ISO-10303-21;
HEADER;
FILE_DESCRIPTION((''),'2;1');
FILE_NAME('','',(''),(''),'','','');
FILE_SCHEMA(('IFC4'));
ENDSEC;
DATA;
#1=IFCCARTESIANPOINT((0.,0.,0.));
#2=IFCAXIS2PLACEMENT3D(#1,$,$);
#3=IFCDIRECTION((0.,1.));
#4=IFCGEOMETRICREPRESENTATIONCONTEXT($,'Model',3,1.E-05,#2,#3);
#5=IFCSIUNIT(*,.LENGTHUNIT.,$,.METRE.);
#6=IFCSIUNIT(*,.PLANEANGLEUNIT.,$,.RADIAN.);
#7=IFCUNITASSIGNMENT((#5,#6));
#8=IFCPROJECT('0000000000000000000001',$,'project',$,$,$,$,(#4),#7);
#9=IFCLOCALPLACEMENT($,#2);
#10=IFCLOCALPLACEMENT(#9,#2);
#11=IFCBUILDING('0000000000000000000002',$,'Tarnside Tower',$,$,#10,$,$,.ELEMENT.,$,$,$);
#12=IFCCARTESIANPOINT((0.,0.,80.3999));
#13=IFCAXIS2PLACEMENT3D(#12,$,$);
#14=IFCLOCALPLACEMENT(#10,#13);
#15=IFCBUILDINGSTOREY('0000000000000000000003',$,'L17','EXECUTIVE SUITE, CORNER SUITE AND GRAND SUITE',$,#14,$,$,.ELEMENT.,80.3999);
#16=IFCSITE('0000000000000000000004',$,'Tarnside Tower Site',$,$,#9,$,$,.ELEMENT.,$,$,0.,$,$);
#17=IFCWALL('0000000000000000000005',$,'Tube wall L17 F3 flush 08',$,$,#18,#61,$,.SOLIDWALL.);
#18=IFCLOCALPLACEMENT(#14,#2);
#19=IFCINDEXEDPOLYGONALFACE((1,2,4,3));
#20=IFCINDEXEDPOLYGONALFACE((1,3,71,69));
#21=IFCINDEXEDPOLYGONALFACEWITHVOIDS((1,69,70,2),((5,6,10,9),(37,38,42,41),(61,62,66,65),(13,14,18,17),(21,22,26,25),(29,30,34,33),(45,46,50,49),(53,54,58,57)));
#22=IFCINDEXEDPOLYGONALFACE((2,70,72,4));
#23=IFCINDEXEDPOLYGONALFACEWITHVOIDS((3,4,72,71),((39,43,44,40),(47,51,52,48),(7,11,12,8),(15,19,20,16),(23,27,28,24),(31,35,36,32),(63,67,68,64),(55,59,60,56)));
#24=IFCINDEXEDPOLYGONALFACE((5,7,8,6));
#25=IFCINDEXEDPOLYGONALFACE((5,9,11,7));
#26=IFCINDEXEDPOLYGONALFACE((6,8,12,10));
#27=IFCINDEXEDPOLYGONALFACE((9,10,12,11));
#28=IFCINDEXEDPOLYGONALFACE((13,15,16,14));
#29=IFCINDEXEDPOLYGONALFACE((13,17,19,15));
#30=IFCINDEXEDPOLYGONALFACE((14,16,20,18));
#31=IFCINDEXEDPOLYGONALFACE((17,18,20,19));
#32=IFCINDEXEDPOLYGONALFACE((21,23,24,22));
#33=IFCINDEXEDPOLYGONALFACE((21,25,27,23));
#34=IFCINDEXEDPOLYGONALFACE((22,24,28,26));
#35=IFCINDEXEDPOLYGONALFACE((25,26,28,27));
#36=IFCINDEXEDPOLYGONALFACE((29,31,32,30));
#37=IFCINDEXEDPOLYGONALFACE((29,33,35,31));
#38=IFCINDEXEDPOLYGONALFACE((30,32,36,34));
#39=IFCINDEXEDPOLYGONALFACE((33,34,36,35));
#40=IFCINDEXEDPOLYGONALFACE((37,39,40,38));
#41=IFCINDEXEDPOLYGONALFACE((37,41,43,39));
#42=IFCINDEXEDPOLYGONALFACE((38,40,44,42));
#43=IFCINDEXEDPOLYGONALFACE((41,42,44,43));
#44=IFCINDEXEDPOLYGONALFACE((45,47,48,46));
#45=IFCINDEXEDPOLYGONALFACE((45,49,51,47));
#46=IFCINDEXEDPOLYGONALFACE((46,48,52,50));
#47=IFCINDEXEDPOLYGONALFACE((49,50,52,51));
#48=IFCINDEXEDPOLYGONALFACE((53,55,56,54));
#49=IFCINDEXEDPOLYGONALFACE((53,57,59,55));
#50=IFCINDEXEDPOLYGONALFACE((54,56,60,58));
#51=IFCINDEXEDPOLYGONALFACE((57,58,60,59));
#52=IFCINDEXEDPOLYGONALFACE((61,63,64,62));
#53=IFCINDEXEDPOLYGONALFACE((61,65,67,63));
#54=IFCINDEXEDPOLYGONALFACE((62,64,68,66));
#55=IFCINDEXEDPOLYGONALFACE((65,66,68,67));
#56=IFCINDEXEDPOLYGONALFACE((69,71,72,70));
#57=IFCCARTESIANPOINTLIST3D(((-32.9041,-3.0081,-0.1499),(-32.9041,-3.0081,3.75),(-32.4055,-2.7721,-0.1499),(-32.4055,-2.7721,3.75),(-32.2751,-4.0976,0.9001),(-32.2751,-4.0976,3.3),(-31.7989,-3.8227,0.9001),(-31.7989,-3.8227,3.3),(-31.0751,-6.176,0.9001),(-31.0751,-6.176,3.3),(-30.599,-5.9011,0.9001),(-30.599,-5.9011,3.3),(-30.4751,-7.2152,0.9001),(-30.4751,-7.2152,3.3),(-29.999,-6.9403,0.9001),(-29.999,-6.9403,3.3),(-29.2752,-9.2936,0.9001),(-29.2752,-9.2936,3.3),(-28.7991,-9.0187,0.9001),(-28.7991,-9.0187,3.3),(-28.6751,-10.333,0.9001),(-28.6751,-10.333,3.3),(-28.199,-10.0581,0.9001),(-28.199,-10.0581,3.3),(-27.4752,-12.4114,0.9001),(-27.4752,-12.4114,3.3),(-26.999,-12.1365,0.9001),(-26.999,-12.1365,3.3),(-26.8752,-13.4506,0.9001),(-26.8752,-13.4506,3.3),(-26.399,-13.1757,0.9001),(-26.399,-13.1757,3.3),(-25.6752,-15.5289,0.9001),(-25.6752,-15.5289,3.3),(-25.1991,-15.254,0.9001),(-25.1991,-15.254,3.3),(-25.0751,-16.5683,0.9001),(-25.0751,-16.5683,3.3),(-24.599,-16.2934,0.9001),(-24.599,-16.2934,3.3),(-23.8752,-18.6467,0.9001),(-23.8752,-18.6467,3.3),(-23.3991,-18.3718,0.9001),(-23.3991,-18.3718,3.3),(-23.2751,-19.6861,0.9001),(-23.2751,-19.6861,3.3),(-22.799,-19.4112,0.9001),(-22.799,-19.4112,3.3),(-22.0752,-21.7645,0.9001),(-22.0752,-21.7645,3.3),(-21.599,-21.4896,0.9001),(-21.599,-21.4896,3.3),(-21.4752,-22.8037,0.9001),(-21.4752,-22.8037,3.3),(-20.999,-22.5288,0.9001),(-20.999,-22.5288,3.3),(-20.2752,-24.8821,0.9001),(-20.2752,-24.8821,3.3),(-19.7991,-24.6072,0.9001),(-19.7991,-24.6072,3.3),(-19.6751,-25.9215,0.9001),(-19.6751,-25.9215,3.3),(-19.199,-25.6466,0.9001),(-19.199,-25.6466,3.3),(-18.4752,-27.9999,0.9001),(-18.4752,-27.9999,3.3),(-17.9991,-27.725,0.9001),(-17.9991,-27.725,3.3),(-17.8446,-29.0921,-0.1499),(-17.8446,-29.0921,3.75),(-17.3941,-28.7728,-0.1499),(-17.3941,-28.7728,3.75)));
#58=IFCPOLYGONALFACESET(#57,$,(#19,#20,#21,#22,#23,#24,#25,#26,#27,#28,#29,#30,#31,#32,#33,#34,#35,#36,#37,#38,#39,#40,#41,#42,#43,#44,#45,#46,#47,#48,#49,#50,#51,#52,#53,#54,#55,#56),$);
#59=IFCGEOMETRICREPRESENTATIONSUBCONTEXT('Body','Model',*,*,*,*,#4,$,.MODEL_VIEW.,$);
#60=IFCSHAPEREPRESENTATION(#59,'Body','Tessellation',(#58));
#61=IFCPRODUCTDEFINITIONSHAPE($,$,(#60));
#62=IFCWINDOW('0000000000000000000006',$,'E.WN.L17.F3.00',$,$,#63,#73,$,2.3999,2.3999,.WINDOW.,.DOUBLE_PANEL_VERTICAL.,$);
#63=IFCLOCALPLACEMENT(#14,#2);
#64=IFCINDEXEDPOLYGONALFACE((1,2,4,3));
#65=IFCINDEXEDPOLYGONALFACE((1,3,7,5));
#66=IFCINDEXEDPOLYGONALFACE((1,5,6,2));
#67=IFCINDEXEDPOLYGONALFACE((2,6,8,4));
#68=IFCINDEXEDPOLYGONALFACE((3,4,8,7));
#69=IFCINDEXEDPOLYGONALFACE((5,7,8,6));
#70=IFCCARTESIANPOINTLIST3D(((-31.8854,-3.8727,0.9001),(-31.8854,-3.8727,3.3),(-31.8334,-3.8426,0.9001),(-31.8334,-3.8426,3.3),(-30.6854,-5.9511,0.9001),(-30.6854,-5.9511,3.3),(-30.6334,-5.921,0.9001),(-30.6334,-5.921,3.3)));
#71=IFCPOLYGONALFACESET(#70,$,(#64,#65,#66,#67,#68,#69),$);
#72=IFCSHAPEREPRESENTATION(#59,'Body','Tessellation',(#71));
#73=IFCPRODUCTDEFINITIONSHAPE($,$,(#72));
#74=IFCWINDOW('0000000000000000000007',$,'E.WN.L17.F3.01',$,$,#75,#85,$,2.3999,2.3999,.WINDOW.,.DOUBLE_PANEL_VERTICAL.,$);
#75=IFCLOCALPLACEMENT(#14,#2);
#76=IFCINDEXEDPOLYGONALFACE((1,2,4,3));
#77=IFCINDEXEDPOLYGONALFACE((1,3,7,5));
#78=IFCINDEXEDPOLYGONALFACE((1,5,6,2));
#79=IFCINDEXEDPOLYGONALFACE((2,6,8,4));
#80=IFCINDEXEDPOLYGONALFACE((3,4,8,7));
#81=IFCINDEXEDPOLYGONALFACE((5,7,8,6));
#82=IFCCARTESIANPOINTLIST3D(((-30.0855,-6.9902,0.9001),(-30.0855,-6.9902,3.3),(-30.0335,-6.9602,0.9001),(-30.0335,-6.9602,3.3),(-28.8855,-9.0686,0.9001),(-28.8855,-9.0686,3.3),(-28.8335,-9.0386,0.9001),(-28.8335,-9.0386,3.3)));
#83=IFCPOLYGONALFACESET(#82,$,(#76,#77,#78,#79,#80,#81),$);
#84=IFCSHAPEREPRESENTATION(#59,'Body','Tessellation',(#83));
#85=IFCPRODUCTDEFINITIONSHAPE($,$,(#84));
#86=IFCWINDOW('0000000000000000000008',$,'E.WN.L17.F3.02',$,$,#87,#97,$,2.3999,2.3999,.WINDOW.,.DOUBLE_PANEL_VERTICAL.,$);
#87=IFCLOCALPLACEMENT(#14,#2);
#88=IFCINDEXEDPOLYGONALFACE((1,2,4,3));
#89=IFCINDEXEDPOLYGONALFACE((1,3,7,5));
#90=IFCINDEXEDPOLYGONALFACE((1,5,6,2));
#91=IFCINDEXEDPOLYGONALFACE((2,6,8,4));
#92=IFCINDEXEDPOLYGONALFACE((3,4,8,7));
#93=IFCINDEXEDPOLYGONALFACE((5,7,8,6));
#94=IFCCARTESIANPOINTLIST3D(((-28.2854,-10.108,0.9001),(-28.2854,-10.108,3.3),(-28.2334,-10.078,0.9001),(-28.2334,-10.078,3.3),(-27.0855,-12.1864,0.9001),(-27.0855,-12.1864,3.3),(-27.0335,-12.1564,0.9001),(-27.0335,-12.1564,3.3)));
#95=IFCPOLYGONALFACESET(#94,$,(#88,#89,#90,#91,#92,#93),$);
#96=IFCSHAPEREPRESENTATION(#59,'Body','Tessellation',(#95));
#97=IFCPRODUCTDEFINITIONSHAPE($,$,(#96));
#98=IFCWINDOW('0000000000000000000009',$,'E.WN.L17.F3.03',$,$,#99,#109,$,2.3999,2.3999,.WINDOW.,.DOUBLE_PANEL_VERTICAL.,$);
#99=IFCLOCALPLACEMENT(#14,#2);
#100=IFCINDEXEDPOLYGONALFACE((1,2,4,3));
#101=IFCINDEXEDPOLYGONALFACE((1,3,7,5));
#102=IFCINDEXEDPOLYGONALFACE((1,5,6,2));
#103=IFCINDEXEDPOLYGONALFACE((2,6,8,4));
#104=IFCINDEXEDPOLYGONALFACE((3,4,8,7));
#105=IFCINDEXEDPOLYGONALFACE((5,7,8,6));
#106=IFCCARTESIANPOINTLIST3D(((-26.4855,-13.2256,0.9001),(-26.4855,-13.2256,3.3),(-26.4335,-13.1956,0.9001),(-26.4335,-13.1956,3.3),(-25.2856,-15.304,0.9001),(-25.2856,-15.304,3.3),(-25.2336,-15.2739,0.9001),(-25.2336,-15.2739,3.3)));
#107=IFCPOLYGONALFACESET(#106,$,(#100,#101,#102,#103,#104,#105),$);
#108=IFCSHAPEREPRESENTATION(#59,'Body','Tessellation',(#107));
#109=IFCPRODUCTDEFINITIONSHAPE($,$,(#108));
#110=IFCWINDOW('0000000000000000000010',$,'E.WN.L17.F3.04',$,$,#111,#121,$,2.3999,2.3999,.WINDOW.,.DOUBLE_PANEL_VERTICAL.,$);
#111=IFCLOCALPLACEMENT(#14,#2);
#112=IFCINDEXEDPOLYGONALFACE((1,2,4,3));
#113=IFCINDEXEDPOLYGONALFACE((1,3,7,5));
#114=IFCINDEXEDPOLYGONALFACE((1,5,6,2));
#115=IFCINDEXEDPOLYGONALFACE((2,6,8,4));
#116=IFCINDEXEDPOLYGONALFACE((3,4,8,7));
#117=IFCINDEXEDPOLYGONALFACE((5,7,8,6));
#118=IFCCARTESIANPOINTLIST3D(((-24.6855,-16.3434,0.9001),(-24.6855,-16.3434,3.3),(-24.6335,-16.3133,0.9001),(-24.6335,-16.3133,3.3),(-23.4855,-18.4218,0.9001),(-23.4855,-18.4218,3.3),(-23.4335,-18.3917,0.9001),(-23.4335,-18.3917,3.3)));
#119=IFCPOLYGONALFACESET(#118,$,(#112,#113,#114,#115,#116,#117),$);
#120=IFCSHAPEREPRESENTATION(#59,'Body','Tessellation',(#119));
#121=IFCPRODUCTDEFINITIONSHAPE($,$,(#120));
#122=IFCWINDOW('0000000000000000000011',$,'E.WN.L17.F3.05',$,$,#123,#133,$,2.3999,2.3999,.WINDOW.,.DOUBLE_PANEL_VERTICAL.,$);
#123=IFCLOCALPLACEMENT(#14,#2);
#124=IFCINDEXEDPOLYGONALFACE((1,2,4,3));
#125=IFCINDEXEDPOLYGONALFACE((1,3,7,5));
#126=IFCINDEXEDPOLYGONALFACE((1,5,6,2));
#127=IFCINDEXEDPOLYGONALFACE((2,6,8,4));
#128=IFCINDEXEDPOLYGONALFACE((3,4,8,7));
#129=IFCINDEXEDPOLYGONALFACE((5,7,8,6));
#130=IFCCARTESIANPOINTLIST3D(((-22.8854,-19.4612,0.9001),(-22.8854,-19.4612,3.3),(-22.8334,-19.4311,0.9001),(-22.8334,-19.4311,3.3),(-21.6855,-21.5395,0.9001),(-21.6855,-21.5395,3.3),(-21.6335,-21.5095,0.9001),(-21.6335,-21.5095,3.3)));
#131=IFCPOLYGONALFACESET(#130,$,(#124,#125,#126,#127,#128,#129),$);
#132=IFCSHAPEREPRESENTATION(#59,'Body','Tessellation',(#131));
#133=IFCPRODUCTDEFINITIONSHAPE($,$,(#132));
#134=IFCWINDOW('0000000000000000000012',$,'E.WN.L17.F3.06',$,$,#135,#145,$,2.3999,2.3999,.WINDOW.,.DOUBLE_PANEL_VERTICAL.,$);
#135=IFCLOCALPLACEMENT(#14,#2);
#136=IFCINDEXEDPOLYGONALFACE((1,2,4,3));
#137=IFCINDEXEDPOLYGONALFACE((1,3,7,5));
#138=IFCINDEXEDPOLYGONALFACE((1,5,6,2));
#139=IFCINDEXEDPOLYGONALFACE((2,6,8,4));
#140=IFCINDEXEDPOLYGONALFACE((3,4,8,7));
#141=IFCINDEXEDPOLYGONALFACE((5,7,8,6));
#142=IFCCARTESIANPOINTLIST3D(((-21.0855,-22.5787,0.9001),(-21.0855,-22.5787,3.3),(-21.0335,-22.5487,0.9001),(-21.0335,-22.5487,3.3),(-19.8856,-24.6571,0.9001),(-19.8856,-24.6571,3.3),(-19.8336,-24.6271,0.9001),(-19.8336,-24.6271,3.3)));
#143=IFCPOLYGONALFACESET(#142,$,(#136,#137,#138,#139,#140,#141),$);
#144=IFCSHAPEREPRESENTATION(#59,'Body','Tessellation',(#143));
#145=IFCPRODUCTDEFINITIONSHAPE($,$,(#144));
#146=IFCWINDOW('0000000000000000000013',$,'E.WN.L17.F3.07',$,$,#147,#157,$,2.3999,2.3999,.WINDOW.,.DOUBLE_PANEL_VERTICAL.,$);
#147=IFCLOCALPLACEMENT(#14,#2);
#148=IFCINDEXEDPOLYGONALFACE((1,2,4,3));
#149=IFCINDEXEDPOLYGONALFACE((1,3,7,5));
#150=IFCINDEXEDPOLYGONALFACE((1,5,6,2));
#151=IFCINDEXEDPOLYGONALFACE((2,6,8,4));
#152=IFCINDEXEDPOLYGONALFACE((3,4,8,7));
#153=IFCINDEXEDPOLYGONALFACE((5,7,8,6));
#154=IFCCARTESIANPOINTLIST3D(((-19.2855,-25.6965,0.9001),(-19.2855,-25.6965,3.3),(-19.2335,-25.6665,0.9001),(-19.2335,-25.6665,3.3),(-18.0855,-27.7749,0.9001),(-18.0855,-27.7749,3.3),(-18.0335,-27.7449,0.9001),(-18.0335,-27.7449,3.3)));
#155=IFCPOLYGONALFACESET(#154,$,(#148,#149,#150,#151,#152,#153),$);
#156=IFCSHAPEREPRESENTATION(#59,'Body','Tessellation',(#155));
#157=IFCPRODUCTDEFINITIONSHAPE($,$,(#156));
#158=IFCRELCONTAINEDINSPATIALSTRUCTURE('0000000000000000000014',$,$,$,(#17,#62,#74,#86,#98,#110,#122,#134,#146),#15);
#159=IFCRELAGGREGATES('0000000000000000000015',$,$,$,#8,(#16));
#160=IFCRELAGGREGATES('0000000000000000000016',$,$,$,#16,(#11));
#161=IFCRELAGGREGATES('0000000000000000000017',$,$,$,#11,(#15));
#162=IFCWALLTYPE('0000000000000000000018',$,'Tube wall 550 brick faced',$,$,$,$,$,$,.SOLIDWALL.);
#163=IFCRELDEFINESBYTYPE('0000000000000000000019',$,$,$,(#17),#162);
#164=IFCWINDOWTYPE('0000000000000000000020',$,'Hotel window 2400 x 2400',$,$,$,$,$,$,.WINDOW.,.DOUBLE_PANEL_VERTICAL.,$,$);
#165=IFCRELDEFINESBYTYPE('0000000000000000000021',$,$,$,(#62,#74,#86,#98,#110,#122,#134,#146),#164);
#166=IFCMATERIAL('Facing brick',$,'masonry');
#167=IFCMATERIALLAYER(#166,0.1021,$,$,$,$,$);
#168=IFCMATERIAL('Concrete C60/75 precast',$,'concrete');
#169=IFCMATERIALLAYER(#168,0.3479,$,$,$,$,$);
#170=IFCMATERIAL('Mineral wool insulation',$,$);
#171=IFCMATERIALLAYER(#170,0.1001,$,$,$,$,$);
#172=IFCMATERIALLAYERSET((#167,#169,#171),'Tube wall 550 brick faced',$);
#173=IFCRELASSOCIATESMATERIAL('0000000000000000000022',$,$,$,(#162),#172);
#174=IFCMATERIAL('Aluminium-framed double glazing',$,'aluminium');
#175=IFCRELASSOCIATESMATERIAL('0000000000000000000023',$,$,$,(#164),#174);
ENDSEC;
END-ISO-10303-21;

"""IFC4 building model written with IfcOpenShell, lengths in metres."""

from ifc_helpers import new_model, si_unit, direction, frame, frame_2d, origin, place, context, subcontext, project, spatial, polyline, rectangle, outline, extrude, material, layer, layer_set, type_object, element, fill, save


model = new_model("IFC4")

# Units and contexts
model_context = context("Model", 3, precision=1e-05, world=origin(), true_north=direction((0.0, 1.0)))
body_context = subcontext(model_context, "Body", "Model", "MODEL_VIEW")
ifc_project = project(units=[si_unit("LENGTHUNIT", "METRE"), si_unit("PLANEANGLEUNIT", "RADIAN")], contexts=[model_context])

# Site, building, storey
site_placement = place(None, origin())
site = spatial("IfcSite", under=ifc_project, at=site_placement, Name="Tarnside Tower Site", CompositionType="ELEMENT", RefElevation=0.0)
building_placement = place(site_placement, origin())
building = spatial("IfcBuilding", under=site, at=building_placement, Name="Tarnside Tower", CompositionType="ELEMENT")
storey_placement = place(building_placement, frame((0.0, 0.0, 80.3999)))
storey = spatial("IfcBuildingStorey", under=building, at=storey_placement, Name="L17", Description="EXECUTIVE SUITE, CORNER SUITE AND GRAND SUITE", CompositionType="ELEMENT", Elevation=80.3999)

# Shared definitions
ifc_material_1 = material(Name="Facing brick", Category="masonry")
ifc_layer_1 = layer(ifc_material_1, 0.1021)
ifc_material_2 = material(Name="Concrete C60/75 precast", Category="concrete")
ifc_layer_2 = layer(ifc_material_2, 0.3479)
ifc_material_3 = material(Name="Mineral wool insulation")
ifc_layer_3 = layer(ifc_material_3, 0.1001)
ifc_layer_set_1 = layer_set([ifc_layer_1, ifc_layer_2, ifc_layer_3], Name="Tube wall 550 brick faced")
wall_type = type_object("IfcWallType", Name="Tube wall 550 brick faced", PredefinedType="SOLIDWALL", material=ifc_layer_set_1)

# Wall, openings, windows
wall_1_placement = place(storey_placement, frame((-32.6548, -2.8901, -0.1499), z_axis=(0.0, 0.0, 1.0), x_axis=(0.499998, -0.866027, 0.0)))
wall_1 = element("IfcWall", 1, at=wall_1_placement, inside=storey, type_object=wall_type, Name="Tube wall L17 F3 flush 08", PredefinedType="SOLIDWALL", context=body_context, shape_type="SweptSolid", body=[
    extrude(outline(polyline([(-0.0225, -0.2749), (30.0967, -0.2749), (30.0454, 0.2749), (0.0225, 0.2749), (-0.0225, -0.2749)])), origin(), (0.0, 0.0, 1.0), 3.8999),
])
opening_1_placement = place(wall_1_placement, frame((1.2356, 0.0, 1.05)))
opening_1 = element("IfcOpeningElement", 2, at=opening_1_placement, cuts=wall_1, PredefinedType="OPENING", context=body_context, shape_type="SweptSolid", body=[
    extrude(rectangle(XDim=2.3999, YDim=2.3999, at=frame_2d((1.2, 1.2))), frame((0.0, 0.2852, 0.0), z_axis=(0.0, -1.0, 0.0), x_axis=(1.0, 0.0, 0.0)), (0.0, 0.0, 1.0), 0.5701),
])
opening_2_placement = place(wall_1_placement, frame((4.8354, 0.0, 1.05)))
opening_2 = element("IfcOpeningElement", 3, at=opening_2_placement, cuts=wall_1, PredefinedType="OPENING", context=body_context, shape_type="SweptSolid", body=[
    extrude(rectangle(XDim=2.3999, YDim=2.3999, at=frame_2d((1.2, 1.2))), frame((0.0, 0.2852, 0.0), z_axis=(0.0, -1.0, 0.0), x_axis=(1.0, 0.0, 0.0)), (0.0, 0.0, 1.0), 0.5701),
])
opening_3_placement = place(wall_1_placement, frame((8.4355, 0.0, 1.05)))
opening_3 = element("IfcOpeningElement", 4, at=opening_3_placement, cuts=wall_1, PredefinedType="OPENING", context=body_context, shape_type="SweptSolid", body=[
    extrude(rectangle(XDim=2.3999, YDim=2.3999, at=frame_2d((1.2, 1.2))), frame((0.0, 0.2852, 0.0), z_axis=(0.0, -1.0, 0.0), x_axis=(1.0, 0.0, 0.0)), (0.0, 0.0, 1.0), 0.5701),
])
opening_4_placement = place(wall_1_placement, frame((12.0354, 0.0, 1.05)))
opening_4 = element("IfcOpeningElement", 5, at=opening_4_placement, cuts=wall_1, PredefinedType="OPENING", context=body_context, shape_type="SweptSolid", body=[
    extrude(rectangle(XDim=2.3999, YDim=2.3999, at=frame_2d((1.2, 1.2))), frame((0.0, 0.2852, 0.0), z_axis=(0.0, -1.0, 0.0), x_axis=(1.0, 0.0, 0.0)), (0.0, 0.0, 1.0), 0.5701),
])
opening_5_placement = place(wall_1_placement, frame((15.6355, 0.0, 1.05)))
opening_5 = element("IfcOpeningElement", 6, at=opening_5_placement, cuts=wall_1, PredefinedType="OPENING", context=body_context, shape_type="SweptSolid", body=[
    extrude(rectangle(XDim=2.3999, YDim=2.3999, at=frame_2d((1.2, 1.2))), frame((0.0, 0.2852, 0.0), z_axis=(0.0, -1.0, 0.0), x_axis=(1.0, 0.0, 0.0)), (0.0, 0.0, 1.0), 0.5701),
])
opening_6_placement = place(wall_1_placement, frame((19.2356, 0.0, 1.05)))
opening_6 = element("IfcOpeningElement", 7, at=opening_6_placement, cuts=wall_1, PredefinedType="OPENING", context=body_context, shape_type="SweptSolid", body=[
    extrude(rectangle(XDim=2.3999, YDim=2.3999, at=frame_2d((1.2, 1.2))), frame((0.0, 0.2852, 0.0), z_axis=(0.0, -1.0, 0.0), x_axis=(1.0, 0.0, 0.0)), (0.0, 0.0, 1.0), 0.5701),
])
opening_7_placement = place(wall_1_placement, frame((22.8354, 0.0, 1.05)))
opening_7 = element("IfcOpeningElement", 8, at=opening_7_placement, cuts=wall_1, PredefinedType="OPENING", context=body_context, shape_type="SweptSolid", body=[
    extrude(rectangle(XDim=2.3999, YDim=2.3999, at=frame_2d((1.2, 1.2))), frame((0.0, 0.2852, 0.0), z_axis=(0.0, -1.0, 0.0), x_axis=(1.0, 0.0, 0.0)), (0.0, 0.0, 1.0), 0.5701),
])
opening_8_placement = place(wall_1_placement, frame((26.4355, 0.0, 1.05)))
opening_8 = element("IfcOpeningElement", 9, at=opening_8_placement, cuts=wall_1, PredefinedType="OPENING", context=body_context, shape_type="SweptSolid", body=[
    extrude(rectangle(XDim=2.3999, YDim=2.3999, at=frame_2d((1.2, 1.2))), frame((0.0, 0.2852, 0.0), z_axis=(0.0, -1.0, 0.0), x_axis=(1.0, 0.0, 0.0)), (0.0, 0.0, 1.0), 0.5701),
])
ifc_material_4 = material(Name="Aluminium-framed double glazing", Category="aluminium")
window_type = type_object("IfcWindowType", Name="Hotel window 2400 x 2400", PartitioningType="DOUBLE_PANEL_VERTICAL", PredefinedType="WINDOW", material=ifc_material_4)
window_1_placement = place(opening_1_placement, frame((0.0, 0.2051, 0.0)))
window_1 = element("IfcWindow", 10, at=window_1_placement, inside=storey, type_object=window_type, Name="E.WN.L17.F3.00", OverallHeight=2.3999, OverallWidth=2.3999, PartitioningType="DOUBLE_PANEL_VERTICAL", PredefinedType="WINDOW", context=body_context, shape_type="SweptSolid", body=[
    extrude(rectangle(XDim=2.3999, YDim=2.3999, at=frame_2d((1.2, 1.2))), frame((0.0, 0.03, 0.0), z_axis=(0.0, -1.0, 0.0), x_axis=(1.0, 0.0, 0.0)), (0.0, 0.0, 1.0), 0.0601),
])
fill(opening_1, window_1)
window_2_placement = place(opening_2_placement, frame((0.0, 0.2051, 0.0)))
window_2 = element("IfcWindow", 11, at=window_2_placement, inside=storey, type_object=window_type, Name="E.WN.L17.F3.01", OverallHeight=2.3999, OverallWidth=2.3999, PartitioningType="DOUBLE_PANEL_VERTICAL", PredefinedType="WINDOW", context=body_context, shape_type="SweptSolid", body=[
    extrude(rectangle(XDim=2.3999, YDim=2.3999, at=frame_2d((1.2, 1.2))), frame((0.0, 0.03, 0.0), z_axis=(0.0, -1.0, 0.0), x_axis=(1.0, 0.0, 0.0)), (0.0, 0.0, 1.0), 0.0601),
])
fill(opening_2, window_2)
window_3_placement = place(opening_3_placement, frame((0.0, 0.2051, 0.0)))
window_3 = element("IfcWindow", 12, at=window_3_placement, inside=storey, type_object=window_type, Name="E.WN.L17.F3.02", OverallHeight=2.3999, OverallWidth=2.3999, PartitioningType="DOUBLE_PANEL_VERTICAL", PredefinedType="WINDOW", context=body_context, shape_type="SweptSolid", body=[
    extrude(rectangle(XDim=2.3999, YDim=2.3999, at=frame_2d((1.2, 1.2))), frame((0.0, 0.03, 0.0), z_axis=(0.0, -1.0, 0.0), x_axis=(1.0, 0.0, 0.0)), (0.0, 0.0, 1.0), 0.0601),
])
fill(opening_3, window_3)
window_4_placement = place(opening_4_placement, frame((0.0, 0.2051, 0.0)))
window_4 = element("IfcWindow", 13, at=window_4_placement, inside=storey, type_object=window_type, Name="E.WN.L17.F3.03", OverallHeight=2.3999, OverallWidth=2.3999, PartitioningType="DOUBLE_PANEL_VERTICAL", PredefinedType="WINDOW", context=body_context, shape_type="SweptSolid", body=[
    extrude(rectangle(XDim=2.3999, YDim=2.3999, at=frame_2d((1.2, 1.2))), frame((0.0, 0.03, 0.0), z_axis=(0.0, -1.0, 0.0), x_axis=(1.0, 0.0, 0.0)), (0.0, 0.0, 1.0), 0.0601),
])
fill(opening_4, window_4)
window_5_placement = place(opening_5_placement, frame((0.0, 0.2051, 0.0)))
window_5 = element("IfcWindow", 14, at=window_5_placement, inside=storey, type_object=window_type, Name="E.WN.L17.F3.04", OverallHeight=2.3999, OverallWidth=2.3999, PartitioningType="DOUBLE_PANEL_VERTICAL", PredefinedType="WINDOW", context=body_context, shape_type="SweptSolid", body=[
    extrude(rectangle(XDim=2.3999, YDim=2.3999, at=frame_2d((1.2, 1.2))), frame((0.0, 0.03, 0.0), z_axis=(0.0, -1.0, 0.0), x_axis=(1.0, 0.0, 0.0)), (0.0, 0.0, 1.0), 0.0601),
])
fill(opening_5, window_5)
window_6_placement = place(opening_6_placement, frame((0.0, 0.2051, 0.0)))
window_6 = element("IfcWindow", 15, at=window_6_placement, inside=storey, type_object=window_type, Name="E.WN.L17.F3.05", OverallHeight=2.3999, OverallWidth=2.3999, PartitioningType="DOUBLE_PANEL_VERTICAL", PredefinedType="WINDOW", context=body_context, shape_type="SweptSolid", body=[
    extrude(rectangle(XDim=2.3999, YDim=2.3999, at=frame_2d((1.2, 1.2))), frame((0.0, 0.03, 0.0), z_axis=(0.0, -1.0, 0.0), x_axis=(1.0, 0.0, 0.0)), (0.0, 0.0, 1.0), 0.0601),
])
fill(opening_6, window_6)
window_7_placement = place(opening_7_placement, frame((0.0, 0.2051, 0.0)))
window_7 = element("IfcWindow", 16, at=window_7_placement, inside=storey, type_object=window_type, Name="E.WN.L17.F3.06", OverallHeight=2.3999, OverallWidth=2.3999, PartitioningType="DOUBLE_PANEL_VERTICAL", PredefinedType="WINDOW", context=body_context, shape_type="SweptSolid", body=[
    extrude(rectangle(XDim=2.3999, YDim=2.3999, at=frame_2d((1.2, 1.2))), frame((0.0, 0.03, 0.0), z_axis=(0.0, -1.0, 0.0), x_axis=(1.0, 0.0, 0.0)), (0.0, 0.0, 1.0), 0.0601),
])
fill(opening_7, window_7)
window_8_placement = place(opening_8_placement, frame((0.0, 0.2051, 0.0)))
window_8 = element("IfcWindow", 17, at=window_8_placement, inside=storey, type_object=window_type, Name="E.WN.L17.F3.07", OverallHeight=2.3999, OverallWidth=2.3999, PartitioningType="DOUBLE_PANEL_VERTICAL", PredefinedType="WINDOW", context=body_context, shape_type="SweptSolid", body=[
    extrude(rectangle(XDim=2.3999, YDim=2.3999, at=frame_2d((1.2, 1.2))), frame((0.0, 0.03, 0.0), z_axis=(0.0, -1.0, 0.0), x_axis=(1.0, 0.0, 0.0)), (0.0, 0.0, 1.0), 0.0601),
])
fill(opening_8, window_8)

save(model, "model.ifc")
